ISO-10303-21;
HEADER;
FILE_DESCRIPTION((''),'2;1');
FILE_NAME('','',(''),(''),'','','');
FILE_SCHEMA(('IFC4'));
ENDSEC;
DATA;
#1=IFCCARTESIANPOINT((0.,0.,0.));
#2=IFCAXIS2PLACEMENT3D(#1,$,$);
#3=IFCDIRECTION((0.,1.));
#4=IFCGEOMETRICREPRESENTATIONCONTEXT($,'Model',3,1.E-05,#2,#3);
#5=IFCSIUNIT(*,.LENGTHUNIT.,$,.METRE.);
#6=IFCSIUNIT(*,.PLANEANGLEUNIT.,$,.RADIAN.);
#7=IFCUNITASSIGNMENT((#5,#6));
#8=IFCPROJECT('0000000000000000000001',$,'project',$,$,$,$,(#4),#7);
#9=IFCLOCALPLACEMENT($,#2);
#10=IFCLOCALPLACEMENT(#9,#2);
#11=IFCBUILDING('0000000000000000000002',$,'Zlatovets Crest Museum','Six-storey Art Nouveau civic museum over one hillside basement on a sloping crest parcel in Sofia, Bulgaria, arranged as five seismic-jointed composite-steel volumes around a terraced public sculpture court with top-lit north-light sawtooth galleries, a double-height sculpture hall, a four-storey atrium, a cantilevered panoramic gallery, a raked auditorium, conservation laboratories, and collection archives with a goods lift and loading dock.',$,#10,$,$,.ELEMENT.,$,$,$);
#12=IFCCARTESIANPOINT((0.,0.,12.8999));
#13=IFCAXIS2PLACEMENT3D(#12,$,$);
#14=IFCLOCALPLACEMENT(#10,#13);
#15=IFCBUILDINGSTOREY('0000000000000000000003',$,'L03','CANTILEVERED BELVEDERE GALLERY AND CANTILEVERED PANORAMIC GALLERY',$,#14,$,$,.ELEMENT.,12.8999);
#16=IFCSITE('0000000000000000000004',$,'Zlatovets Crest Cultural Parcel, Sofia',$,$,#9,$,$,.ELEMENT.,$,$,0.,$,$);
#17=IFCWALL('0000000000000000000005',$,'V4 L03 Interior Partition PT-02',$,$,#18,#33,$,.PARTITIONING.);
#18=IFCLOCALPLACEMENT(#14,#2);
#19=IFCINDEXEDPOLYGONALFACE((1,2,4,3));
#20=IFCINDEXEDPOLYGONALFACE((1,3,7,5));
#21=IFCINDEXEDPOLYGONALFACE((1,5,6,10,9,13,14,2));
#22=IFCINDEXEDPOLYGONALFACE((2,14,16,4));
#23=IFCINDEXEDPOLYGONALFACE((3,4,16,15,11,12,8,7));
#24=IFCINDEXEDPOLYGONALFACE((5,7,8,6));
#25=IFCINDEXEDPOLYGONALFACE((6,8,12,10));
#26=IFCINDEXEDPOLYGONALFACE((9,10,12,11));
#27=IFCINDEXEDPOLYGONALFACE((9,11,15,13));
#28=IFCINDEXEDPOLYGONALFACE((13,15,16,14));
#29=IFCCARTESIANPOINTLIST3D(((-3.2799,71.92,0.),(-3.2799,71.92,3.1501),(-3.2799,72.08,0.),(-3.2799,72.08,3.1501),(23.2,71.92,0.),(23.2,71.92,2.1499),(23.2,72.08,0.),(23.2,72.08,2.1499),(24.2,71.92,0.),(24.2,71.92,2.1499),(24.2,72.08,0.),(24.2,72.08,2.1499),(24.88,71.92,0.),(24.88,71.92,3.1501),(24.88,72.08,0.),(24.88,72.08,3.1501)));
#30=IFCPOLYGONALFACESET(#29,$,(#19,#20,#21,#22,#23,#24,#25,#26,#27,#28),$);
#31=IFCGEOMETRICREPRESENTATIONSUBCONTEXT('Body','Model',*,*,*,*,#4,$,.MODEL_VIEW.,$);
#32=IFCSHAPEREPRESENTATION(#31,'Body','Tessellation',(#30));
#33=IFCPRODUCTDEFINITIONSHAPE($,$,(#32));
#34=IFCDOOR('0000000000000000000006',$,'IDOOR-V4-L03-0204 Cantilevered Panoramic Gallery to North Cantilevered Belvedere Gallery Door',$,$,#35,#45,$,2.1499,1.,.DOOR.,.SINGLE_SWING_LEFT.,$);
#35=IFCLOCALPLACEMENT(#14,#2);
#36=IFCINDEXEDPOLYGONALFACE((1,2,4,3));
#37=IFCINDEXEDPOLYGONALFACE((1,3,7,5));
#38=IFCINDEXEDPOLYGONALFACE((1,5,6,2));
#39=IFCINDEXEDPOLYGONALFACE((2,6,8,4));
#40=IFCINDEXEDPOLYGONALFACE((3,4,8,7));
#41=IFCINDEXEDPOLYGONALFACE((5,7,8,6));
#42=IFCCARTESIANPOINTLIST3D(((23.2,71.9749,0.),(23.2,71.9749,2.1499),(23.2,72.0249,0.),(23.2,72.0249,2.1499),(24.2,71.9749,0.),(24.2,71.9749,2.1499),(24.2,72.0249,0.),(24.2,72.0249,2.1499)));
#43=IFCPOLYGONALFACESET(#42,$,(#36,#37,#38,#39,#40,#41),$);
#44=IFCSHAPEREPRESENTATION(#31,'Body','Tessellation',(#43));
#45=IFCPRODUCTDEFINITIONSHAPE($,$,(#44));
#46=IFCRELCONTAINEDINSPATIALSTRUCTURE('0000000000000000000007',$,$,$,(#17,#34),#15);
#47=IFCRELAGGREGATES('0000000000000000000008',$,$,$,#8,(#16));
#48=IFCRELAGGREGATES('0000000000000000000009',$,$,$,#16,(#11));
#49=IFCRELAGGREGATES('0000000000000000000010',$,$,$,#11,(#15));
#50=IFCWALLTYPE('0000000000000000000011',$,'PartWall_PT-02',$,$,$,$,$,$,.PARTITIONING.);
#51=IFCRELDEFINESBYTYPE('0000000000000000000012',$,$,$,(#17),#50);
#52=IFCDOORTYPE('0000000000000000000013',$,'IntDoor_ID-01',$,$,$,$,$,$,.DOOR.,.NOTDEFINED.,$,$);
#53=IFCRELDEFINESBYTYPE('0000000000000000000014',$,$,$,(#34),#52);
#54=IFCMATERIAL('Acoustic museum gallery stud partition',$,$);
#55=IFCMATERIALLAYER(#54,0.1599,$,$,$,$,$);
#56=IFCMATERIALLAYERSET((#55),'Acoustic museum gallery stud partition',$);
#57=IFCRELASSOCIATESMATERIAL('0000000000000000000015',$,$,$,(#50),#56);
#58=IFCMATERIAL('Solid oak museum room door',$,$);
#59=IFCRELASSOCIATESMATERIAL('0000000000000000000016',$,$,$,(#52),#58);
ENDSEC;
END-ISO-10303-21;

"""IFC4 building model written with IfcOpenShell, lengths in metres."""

from ifc_helpers import new_model, si_unit, direction, frame, frame_2d, origin, place, context, subcontext, project, spatial, rectangle, extrude, material, layer, layer_set, type_object, element, fill, save


model = new_model("IFC4")

# Units and contexts
model_context = context("Model", 3, precision=1e-05, world=origin(), true_north=direction((0.0, 1.0)))
body_context = subcontext(model_context, "Body", "Model", "MODEL_VIEW")
ifc_project = project(units=[si_unit("LENGTHUNIT", "METRE"), si_unit("PLANEANGLEUNIT", "RADIAN")], contexts=[model_context])

# Site, building, storey
site_placement = place(None, origin())
site = spatial("IfcSite", under=ifc_project, at=site_placement, Name="Zlatovets Crest Cultural Parcel, Sofia", CompositionType="ELEMENT", RefElevation=0.0)
building_placement = place(site_placement, origin())
building = spatial("IfcBuilding", under=site, at=building_placement, Name="Zlatovets Crest Museum", Description="Six-storey Art Nouveau civic museum over one hillside basement on a sloping crest parcel in Sofia, Bulgaria, arranged as five seismic-jointed composite-steel volumes around a terraced public sculpture court with top-lit north-light sawtooth galleries, a double-height sculpture hall, a four-storey atrium, a cantilevered panoramic gallery, a raked auditorium, conservation laboratories, and collection archives with a goods lift and loading dock.", CompositionType="ELEMENT")
storey_placement = place(building_placement, frame((0.0, 0.0, 12.8999)))
storey = spatial("IfcBuildingStorey", under=building, at=storey_placement, Name="L03", Description="CANTILEVERED BELVEDERE GALLERY AND CANTILEVERED PANORAMIC GALLERY", CompositionType="ELEMENT", Elevation=12.8999)

# Wall, opening, door
ifc_material_1 = material(Name="Acoustic museum gallery stud partition")
ifc_layer_1 = layer(ifc_material_1, 0.1599)
ifc_layer_set_1 = layer_set([ifc_layer_1], Name="Acoustic museum gallery stud partition")
wall_type = type_object("IfcWallType", Name="PartWall_PT-02", PredefinedType="PARTITIONING", material=ifc_layer_set_1)
wall_placement = place(storey_placement, frame((-3.28, 72.0, 0.0), z_axis=(0.0, 0.0, 1.0), x_axis=(1.0, 0.0, 0.0)))
wall = element("IfcWall", 1, at=wall_placement, inside=storey, type_object=wall_type, Name="V4 L03 Interior Partition PT-02", PredefinedType="PARTITIONING", context=body_context, shape_type="SweptSolid", body=[
    extrude(rectangle(XDim=28.1599, YDim=0.1599, at=frame_2d((14.0801, 0.0))), origin(), (0.0, 0.0, 1.0), 3.1501),
])
opening_placement = place(wall_placement, frame((26.48, 0.0, 0.0)))
opening = element("IfcOpeningElement", 2, at=opening_placement, cuts=wall, PredefinedType="OPENING", context=body_context, shape_type="SweptSolid", body=[
    extrude(rectangle(XDim=1.0, YDim=2.1499, at=frame_2d((0.5, 1.075))), frame((0.0, 0.0898, 0.0), z_axis=(0.0, -1.0, 0.0), x_axis=(1.0, 0.0, 0.0)), (0.0, 0.0, 1.0), 0.1799),
])
ifc_material_2 = material(Name="Solid oak museum room door")
door_type = type_object("IfcDoorType", Name="IntDoor_ID-01", OperationType="NOTDEFINED", PredefinedType="DOOR", material=ifc_material_2)
door_placement = place(opening_placement, origin())
door = element("IfcDoor", 3, at=door_placement, inside=storey, type_object=door_type, Name="IDOOR-V4-L03-0204 Cantilevered Panoramic Gallery to North Cantilevered Belvedere Gallery Door", OperationType="SINGLE_SWING_LEFT", OverallHeight=2.1499, OverallWidth=1.0, PredefinedType="DOOR", context=body_context, shape_type="SweptSolid", body=[
    extrude(rectangle(XDim=1.0, YDim=2.1499, at=frame_2d((0.5, 1.075))), frame((0.0, 0.0249, 0.0), z_axis=(0.0, -1.0, 0.0), x_axis=(1.0, 0.0, 0.0)), (0.0, 0.0, 1.0), 0.05),
])
fill(opening, door)

save(model, "model.ifc")
